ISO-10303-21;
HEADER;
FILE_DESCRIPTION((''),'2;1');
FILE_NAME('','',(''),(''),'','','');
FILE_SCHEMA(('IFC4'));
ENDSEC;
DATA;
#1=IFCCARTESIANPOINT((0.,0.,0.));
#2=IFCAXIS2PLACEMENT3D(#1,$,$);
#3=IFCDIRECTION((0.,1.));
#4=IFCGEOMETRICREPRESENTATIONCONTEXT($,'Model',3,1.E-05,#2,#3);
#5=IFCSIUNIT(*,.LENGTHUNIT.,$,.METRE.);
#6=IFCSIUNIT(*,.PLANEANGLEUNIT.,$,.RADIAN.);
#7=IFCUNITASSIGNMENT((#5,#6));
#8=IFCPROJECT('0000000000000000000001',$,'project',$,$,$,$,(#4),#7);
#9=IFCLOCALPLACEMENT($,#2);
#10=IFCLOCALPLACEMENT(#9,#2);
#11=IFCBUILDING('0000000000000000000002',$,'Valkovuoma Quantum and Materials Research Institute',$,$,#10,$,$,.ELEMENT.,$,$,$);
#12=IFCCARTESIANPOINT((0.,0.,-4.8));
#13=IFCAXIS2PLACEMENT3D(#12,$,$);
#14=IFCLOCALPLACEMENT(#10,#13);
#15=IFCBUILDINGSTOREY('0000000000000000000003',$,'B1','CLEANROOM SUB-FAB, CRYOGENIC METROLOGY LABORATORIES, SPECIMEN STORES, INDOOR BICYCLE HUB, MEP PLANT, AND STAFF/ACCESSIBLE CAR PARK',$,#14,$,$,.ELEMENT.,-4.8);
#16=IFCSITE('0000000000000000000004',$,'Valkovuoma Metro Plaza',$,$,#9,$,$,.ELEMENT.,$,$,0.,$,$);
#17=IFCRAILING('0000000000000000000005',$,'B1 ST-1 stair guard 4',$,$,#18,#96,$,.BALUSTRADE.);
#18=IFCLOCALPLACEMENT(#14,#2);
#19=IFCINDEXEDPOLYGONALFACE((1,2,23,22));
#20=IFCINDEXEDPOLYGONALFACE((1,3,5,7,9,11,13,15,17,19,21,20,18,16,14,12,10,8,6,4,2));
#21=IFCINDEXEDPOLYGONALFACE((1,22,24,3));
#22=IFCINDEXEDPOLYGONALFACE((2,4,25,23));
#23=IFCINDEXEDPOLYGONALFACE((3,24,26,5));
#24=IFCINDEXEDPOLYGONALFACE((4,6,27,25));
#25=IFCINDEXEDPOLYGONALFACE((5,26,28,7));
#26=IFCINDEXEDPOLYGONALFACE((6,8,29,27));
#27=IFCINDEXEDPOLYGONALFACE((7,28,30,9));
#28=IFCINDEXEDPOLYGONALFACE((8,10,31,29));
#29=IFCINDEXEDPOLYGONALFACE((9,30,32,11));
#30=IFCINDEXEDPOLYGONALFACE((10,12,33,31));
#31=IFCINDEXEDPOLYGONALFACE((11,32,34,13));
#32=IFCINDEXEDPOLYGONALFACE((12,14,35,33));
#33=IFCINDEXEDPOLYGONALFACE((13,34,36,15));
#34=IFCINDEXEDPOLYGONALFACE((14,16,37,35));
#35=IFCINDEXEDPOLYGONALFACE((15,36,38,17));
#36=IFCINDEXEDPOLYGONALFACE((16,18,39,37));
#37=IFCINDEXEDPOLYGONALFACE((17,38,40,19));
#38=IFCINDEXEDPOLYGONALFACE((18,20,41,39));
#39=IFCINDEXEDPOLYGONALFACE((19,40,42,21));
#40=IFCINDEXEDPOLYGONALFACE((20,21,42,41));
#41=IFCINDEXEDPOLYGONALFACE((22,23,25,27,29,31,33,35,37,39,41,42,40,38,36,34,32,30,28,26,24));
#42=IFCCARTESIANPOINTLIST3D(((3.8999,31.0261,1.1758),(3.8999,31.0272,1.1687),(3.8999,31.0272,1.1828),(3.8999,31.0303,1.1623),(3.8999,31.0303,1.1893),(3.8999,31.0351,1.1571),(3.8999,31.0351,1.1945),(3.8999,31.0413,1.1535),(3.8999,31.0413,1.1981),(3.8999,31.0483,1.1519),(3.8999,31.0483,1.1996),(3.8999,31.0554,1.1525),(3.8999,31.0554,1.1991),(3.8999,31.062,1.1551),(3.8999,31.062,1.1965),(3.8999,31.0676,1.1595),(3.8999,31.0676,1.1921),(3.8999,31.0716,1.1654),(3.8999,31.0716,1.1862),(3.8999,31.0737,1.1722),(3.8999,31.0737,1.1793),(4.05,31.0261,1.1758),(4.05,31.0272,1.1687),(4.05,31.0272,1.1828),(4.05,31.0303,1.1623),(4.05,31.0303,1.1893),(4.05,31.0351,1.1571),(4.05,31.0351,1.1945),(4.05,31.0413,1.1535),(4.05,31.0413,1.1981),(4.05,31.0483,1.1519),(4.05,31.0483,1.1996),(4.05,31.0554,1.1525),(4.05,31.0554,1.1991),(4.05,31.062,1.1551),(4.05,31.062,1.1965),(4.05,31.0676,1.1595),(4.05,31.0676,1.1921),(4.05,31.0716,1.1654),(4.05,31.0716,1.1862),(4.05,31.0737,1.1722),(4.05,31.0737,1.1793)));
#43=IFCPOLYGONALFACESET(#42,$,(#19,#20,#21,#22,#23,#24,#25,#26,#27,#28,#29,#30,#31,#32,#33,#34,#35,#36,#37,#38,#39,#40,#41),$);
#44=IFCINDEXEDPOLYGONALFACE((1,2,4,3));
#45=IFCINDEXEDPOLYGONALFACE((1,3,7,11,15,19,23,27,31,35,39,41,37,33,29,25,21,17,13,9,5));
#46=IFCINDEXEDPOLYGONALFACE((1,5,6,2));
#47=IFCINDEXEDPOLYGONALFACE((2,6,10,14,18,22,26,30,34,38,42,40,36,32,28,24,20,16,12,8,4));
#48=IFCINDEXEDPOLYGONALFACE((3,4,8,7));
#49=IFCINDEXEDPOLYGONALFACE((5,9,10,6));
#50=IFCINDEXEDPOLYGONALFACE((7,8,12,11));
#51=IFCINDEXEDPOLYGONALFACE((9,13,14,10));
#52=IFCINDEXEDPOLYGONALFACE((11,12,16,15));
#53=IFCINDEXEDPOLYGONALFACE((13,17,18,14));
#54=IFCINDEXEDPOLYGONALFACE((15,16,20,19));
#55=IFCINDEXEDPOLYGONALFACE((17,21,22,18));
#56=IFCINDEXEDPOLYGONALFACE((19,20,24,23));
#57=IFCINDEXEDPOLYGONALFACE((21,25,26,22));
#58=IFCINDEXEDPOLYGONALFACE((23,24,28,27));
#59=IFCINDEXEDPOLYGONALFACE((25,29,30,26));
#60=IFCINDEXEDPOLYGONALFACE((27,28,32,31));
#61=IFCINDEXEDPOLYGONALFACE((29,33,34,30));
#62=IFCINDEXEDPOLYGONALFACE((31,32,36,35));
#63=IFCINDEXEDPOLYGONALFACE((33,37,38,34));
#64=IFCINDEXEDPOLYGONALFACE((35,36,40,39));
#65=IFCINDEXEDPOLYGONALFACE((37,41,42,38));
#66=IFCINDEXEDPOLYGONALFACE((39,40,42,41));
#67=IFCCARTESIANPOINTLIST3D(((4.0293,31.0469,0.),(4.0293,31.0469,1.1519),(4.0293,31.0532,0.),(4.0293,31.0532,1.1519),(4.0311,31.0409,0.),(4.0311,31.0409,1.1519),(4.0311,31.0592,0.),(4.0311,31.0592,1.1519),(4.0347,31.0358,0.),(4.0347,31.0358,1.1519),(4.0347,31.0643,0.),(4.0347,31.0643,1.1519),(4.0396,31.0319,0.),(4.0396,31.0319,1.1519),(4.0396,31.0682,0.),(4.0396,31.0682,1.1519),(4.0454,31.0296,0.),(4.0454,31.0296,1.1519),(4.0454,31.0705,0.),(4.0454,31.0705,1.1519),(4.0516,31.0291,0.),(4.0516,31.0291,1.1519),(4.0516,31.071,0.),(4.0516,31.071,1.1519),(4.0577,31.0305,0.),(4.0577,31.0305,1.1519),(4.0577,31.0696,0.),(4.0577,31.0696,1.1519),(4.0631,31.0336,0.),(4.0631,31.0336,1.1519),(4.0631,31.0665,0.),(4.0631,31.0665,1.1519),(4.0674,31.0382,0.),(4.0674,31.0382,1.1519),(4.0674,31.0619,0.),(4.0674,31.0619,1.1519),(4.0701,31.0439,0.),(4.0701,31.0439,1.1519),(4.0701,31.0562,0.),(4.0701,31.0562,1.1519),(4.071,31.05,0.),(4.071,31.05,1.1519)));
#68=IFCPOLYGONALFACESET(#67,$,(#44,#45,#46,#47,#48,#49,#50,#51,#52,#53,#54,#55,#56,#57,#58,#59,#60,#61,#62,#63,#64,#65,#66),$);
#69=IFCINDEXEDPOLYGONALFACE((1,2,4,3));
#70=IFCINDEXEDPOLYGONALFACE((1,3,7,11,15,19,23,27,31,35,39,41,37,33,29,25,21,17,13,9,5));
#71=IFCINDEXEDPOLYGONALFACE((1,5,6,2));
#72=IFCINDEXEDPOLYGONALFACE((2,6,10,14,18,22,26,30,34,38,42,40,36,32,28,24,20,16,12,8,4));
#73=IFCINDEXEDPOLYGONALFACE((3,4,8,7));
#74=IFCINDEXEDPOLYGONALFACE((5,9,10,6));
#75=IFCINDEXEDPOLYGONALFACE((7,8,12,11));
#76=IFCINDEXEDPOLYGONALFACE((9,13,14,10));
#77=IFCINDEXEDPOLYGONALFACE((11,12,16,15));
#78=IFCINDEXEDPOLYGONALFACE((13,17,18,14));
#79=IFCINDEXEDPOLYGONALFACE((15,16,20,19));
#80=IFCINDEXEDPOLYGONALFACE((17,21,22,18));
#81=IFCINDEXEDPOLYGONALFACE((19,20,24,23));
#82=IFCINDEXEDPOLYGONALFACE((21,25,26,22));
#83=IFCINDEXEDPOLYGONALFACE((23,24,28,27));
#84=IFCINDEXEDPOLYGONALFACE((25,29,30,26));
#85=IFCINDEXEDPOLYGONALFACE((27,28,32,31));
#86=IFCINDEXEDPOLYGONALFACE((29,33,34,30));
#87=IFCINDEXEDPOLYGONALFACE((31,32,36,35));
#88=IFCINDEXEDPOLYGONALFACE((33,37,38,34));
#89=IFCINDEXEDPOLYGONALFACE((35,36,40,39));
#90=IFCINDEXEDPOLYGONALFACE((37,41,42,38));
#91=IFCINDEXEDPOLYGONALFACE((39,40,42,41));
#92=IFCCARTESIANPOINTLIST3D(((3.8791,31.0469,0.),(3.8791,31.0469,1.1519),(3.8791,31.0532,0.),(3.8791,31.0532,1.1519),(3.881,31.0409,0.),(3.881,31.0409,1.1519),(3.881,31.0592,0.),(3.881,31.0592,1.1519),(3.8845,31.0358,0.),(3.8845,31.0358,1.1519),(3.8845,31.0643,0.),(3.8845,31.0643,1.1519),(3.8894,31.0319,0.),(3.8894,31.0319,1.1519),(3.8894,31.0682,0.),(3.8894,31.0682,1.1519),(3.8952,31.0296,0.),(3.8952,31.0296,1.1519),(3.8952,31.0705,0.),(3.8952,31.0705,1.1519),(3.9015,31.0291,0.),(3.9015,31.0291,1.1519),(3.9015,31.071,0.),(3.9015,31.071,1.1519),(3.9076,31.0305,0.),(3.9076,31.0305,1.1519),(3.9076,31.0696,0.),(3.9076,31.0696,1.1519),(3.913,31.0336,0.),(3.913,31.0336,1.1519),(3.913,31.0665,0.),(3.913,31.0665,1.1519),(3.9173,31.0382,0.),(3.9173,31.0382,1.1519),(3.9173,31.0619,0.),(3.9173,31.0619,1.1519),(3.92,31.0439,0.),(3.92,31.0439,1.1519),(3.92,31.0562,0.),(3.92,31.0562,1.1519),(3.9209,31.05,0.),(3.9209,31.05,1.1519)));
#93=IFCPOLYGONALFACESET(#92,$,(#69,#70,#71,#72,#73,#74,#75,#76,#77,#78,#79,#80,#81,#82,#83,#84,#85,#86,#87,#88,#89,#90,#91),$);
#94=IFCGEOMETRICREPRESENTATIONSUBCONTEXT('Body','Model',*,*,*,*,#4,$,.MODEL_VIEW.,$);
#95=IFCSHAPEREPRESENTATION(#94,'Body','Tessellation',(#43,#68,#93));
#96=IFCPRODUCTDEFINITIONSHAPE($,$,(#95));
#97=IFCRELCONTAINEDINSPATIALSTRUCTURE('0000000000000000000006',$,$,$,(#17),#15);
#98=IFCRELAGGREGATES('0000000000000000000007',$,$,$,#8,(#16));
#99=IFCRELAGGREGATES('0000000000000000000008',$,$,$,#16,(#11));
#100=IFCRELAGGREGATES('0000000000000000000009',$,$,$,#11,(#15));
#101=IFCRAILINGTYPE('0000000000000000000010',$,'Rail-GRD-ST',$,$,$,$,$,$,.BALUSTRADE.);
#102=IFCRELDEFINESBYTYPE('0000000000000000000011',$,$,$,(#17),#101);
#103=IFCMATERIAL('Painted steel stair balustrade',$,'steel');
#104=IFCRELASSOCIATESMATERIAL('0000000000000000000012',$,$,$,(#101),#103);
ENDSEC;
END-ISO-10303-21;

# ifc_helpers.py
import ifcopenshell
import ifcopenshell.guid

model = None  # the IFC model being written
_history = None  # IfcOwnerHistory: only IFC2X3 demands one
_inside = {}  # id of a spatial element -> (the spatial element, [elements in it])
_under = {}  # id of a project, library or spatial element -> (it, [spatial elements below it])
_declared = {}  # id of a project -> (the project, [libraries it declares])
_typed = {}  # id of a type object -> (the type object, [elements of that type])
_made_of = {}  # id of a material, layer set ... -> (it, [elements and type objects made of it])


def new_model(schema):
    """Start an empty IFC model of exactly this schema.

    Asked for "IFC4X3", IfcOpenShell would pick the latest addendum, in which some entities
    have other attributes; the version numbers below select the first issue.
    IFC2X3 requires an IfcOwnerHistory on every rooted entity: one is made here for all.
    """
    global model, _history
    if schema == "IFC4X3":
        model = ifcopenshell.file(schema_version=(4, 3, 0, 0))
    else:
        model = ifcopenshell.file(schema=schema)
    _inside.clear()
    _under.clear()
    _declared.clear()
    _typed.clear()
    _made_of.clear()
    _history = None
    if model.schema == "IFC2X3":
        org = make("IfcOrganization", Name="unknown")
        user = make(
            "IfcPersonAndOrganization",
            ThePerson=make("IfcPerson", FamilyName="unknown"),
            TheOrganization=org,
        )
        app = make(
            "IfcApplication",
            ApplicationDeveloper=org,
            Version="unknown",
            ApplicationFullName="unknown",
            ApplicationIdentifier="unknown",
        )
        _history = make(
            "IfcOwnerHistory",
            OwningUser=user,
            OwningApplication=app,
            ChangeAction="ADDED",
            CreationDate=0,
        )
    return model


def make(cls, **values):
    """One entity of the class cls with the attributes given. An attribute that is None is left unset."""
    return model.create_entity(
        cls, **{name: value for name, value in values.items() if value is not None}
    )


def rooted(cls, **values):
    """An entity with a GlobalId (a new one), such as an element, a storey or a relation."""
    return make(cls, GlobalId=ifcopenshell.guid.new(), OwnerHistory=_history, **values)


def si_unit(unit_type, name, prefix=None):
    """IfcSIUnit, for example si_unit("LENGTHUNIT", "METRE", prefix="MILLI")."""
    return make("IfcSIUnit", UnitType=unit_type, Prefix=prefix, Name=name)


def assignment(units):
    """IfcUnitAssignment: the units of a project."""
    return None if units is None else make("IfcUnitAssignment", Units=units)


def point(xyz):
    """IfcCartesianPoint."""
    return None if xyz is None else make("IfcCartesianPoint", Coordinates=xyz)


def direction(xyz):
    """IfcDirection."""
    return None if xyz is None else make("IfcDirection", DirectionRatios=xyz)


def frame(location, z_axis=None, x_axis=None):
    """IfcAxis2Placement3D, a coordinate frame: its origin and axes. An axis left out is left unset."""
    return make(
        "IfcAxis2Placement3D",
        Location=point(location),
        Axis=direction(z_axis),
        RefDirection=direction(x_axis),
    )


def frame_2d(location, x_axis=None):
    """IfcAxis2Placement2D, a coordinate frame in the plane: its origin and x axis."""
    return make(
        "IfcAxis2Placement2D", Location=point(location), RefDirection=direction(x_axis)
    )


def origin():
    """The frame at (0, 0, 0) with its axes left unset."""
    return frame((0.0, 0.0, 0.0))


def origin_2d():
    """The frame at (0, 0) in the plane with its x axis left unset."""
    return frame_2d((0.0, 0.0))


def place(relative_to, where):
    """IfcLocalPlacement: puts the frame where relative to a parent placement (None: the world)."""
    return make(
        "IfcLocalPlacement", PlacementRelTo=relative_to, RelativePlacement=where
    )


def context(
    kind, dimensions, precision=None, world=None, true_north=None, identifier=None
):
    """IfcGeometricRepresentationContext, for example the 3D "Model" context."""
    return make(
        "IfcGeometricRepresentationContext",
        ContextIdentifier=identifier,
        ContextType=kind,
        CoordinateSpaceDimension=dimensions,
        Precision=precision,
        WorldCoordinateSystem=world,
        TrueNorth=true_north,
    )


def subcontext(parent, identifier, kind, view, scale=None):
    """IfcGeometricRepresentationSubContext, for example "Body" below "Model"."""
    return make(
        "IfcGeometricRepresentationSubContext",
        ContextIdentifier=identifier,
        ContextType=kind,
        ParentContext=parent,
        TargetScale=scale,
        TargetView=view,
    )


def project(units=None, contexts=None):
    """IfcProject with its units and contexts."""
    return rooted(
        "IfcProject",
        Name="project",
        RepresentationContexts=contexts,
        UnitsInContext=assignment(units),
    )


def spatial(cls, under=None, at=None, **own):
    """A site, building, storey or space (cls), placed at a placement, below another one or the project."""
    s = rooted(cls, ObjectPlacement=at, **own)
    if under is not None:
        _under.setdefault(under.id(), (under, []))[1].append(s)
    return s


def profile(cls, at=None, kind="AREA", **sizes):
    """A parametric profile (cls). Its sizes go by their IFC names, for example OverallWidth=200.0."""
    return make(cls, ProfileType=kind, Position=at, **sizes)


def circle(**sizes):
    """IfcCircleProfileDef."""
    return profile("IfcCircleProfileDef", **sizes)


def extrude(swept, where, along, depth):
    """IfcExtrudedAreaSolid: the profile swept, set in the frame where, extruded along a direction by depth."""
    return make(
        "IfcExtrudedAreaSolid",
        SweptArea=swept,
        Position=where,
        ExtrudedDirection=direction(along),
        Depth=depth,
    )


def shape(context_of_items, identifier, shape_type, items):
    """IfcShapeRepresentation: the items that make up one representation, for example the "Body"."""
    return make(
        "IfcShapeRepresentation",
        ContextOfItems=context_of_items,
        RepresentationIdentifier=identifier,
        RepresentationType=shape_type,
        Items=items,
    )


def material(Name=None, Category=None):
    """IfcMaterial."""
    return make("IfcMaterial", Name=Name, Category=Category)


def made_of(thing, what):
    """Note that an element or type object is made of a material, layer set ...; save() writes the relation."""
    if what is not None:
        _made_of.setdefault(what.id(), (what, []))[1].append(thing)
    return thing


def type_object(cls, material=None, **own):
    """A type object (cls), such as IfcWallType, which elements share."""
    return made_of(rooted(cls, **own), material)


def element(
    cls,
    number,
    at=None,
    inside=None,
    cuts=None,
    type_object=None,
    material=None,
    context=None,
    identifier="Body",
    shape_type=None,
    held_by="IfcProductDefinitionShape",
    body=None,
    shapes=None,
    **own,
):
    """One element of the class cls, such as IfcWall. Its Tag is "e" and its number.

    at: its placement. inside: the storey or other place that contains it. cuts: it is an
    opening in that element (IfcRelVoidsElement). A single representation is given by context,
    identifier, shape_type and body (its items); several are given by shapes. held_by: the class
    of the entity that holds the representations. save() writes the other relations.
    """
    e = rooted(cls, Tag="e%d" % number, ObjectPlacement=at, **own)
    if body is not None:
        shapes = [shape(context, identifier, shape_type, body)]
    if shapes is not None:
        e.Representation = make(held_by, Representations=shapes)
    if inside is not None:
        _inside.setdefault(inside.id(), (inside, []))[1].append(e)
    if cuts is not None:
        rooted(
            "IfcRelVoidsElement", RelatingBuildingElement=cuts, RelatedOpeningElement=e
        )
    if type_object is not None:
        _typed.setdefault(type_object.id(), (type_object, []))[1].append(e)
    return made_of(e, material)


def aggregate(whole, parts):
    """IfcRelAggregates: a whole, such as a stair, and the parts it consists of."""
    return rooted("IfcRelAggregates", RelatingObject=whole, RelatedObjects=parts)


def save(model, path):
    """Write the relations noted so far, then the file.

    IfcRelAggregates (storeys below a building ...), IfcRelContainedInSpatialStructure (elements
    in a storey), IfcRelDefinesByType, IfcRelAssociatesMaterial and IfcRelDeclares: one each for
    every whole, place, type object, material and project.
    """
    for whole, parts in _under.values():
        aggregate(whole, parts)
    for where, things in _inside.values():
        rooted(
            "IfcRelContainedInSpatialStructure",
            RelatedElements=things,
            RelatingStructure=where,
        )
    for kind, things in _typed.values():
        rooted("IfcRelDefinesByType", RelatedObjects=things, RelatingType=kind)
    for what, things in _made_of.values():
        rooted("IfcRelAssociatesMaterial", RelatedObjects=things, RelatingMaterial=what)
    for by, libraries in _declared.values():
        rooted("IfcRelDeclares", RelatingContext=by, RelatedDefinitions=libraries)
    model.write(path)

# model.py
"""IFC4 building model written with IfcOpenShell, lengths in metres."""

from ifc_helpers import new_model, si_unit, direction, frame, origin, origin_2d, place, context, subcontext, project, spatial, circle, extrude, material, type_object, element, save


model = new_model("IFC4")

# Units and contexts
model_context = context("Model", 3, precision=1e-05, world=origin(), true_north=direction((0.0, 1.0)))
body_context = subcontext(model_context, "Body", "Model", "MODEL_VIEW")
ifc_project = project(units=[si_unit("LENGTHUNIT", "METRE"), si_unit("PLANEANGLEUNIT", "RADIAN")], contexts=[model_context])

# Site, building, storey
site_placement = place(None, origin())
site = spatial("IfcSite", under=ifc_project, at=site_placement, Name="Valkovuoma Metro Plaza", CompositionType="ELEMENT", RefElevation=0.0)
building_placement = place(site_placement, origin())
building = spatial("IfcBuilding", under=site, at=building_placement, Name="Valkovuoma Quantum and Materials Research Institute", CompositionType="ELEMENT")
storey_placement = place(building_placement, frame((0.0, 0.0, -4.8)))
storey = spatial("IfcBuildingStorey", under=building, at=storey_placement, Name="B1", Description="CLEANROOM SUB-FAB, CRYOGENIC METROLOGY LABORATORIES, SPECIMEN STORES, INDOOR BICYCLE HUB, MEP PLANT, AND STAFF/ACCESSIBLE CAR PARK", CompositionType="ELEMENT", Elevation=-4.8)

# Railing
ifc_material_1 = material(Name="Painted steel stair balustrade", Category="steel")
railing_type_1 = type_object("IfcRailingType", Name="Rail-GRD-ST", PredefinedType="BALUSTRADE", material=ifc_material_1)
railing_1_placement = place(storey_placement, frame((4.05, 31.05, 0.0)))
element("IfcRailing", 1, at=railing_1_placement, inside=storey, type_object=railing_type_1, Name="B1 ST-1 stair guard 4", PredefinedType="BALUSTRADE", context=body_context, shape_type="SweptSolid", body=[
    extrude(circle(Radius=0.0239, at=origin_2d()), frame((0.0, 0.0, 1.1758), z_axis=(-1.0, 0.0, 0.0), x_axis=(0.0, -1.0, 0.0)), (0.0, 0.0, 1.0), 0.1501),
    extrude(circle(Radius=0.021, at=origin_2d()), origin(), (0.0, 0.0, 1.0), 1.1519),
    extrude(circle(Radius=0.021, at=origin_2d()), frame((-0.1501, 0.0, 0.0)), (0.0, 0.0, 1.0), 1.1519),
])

save(model, "model.ifc")
